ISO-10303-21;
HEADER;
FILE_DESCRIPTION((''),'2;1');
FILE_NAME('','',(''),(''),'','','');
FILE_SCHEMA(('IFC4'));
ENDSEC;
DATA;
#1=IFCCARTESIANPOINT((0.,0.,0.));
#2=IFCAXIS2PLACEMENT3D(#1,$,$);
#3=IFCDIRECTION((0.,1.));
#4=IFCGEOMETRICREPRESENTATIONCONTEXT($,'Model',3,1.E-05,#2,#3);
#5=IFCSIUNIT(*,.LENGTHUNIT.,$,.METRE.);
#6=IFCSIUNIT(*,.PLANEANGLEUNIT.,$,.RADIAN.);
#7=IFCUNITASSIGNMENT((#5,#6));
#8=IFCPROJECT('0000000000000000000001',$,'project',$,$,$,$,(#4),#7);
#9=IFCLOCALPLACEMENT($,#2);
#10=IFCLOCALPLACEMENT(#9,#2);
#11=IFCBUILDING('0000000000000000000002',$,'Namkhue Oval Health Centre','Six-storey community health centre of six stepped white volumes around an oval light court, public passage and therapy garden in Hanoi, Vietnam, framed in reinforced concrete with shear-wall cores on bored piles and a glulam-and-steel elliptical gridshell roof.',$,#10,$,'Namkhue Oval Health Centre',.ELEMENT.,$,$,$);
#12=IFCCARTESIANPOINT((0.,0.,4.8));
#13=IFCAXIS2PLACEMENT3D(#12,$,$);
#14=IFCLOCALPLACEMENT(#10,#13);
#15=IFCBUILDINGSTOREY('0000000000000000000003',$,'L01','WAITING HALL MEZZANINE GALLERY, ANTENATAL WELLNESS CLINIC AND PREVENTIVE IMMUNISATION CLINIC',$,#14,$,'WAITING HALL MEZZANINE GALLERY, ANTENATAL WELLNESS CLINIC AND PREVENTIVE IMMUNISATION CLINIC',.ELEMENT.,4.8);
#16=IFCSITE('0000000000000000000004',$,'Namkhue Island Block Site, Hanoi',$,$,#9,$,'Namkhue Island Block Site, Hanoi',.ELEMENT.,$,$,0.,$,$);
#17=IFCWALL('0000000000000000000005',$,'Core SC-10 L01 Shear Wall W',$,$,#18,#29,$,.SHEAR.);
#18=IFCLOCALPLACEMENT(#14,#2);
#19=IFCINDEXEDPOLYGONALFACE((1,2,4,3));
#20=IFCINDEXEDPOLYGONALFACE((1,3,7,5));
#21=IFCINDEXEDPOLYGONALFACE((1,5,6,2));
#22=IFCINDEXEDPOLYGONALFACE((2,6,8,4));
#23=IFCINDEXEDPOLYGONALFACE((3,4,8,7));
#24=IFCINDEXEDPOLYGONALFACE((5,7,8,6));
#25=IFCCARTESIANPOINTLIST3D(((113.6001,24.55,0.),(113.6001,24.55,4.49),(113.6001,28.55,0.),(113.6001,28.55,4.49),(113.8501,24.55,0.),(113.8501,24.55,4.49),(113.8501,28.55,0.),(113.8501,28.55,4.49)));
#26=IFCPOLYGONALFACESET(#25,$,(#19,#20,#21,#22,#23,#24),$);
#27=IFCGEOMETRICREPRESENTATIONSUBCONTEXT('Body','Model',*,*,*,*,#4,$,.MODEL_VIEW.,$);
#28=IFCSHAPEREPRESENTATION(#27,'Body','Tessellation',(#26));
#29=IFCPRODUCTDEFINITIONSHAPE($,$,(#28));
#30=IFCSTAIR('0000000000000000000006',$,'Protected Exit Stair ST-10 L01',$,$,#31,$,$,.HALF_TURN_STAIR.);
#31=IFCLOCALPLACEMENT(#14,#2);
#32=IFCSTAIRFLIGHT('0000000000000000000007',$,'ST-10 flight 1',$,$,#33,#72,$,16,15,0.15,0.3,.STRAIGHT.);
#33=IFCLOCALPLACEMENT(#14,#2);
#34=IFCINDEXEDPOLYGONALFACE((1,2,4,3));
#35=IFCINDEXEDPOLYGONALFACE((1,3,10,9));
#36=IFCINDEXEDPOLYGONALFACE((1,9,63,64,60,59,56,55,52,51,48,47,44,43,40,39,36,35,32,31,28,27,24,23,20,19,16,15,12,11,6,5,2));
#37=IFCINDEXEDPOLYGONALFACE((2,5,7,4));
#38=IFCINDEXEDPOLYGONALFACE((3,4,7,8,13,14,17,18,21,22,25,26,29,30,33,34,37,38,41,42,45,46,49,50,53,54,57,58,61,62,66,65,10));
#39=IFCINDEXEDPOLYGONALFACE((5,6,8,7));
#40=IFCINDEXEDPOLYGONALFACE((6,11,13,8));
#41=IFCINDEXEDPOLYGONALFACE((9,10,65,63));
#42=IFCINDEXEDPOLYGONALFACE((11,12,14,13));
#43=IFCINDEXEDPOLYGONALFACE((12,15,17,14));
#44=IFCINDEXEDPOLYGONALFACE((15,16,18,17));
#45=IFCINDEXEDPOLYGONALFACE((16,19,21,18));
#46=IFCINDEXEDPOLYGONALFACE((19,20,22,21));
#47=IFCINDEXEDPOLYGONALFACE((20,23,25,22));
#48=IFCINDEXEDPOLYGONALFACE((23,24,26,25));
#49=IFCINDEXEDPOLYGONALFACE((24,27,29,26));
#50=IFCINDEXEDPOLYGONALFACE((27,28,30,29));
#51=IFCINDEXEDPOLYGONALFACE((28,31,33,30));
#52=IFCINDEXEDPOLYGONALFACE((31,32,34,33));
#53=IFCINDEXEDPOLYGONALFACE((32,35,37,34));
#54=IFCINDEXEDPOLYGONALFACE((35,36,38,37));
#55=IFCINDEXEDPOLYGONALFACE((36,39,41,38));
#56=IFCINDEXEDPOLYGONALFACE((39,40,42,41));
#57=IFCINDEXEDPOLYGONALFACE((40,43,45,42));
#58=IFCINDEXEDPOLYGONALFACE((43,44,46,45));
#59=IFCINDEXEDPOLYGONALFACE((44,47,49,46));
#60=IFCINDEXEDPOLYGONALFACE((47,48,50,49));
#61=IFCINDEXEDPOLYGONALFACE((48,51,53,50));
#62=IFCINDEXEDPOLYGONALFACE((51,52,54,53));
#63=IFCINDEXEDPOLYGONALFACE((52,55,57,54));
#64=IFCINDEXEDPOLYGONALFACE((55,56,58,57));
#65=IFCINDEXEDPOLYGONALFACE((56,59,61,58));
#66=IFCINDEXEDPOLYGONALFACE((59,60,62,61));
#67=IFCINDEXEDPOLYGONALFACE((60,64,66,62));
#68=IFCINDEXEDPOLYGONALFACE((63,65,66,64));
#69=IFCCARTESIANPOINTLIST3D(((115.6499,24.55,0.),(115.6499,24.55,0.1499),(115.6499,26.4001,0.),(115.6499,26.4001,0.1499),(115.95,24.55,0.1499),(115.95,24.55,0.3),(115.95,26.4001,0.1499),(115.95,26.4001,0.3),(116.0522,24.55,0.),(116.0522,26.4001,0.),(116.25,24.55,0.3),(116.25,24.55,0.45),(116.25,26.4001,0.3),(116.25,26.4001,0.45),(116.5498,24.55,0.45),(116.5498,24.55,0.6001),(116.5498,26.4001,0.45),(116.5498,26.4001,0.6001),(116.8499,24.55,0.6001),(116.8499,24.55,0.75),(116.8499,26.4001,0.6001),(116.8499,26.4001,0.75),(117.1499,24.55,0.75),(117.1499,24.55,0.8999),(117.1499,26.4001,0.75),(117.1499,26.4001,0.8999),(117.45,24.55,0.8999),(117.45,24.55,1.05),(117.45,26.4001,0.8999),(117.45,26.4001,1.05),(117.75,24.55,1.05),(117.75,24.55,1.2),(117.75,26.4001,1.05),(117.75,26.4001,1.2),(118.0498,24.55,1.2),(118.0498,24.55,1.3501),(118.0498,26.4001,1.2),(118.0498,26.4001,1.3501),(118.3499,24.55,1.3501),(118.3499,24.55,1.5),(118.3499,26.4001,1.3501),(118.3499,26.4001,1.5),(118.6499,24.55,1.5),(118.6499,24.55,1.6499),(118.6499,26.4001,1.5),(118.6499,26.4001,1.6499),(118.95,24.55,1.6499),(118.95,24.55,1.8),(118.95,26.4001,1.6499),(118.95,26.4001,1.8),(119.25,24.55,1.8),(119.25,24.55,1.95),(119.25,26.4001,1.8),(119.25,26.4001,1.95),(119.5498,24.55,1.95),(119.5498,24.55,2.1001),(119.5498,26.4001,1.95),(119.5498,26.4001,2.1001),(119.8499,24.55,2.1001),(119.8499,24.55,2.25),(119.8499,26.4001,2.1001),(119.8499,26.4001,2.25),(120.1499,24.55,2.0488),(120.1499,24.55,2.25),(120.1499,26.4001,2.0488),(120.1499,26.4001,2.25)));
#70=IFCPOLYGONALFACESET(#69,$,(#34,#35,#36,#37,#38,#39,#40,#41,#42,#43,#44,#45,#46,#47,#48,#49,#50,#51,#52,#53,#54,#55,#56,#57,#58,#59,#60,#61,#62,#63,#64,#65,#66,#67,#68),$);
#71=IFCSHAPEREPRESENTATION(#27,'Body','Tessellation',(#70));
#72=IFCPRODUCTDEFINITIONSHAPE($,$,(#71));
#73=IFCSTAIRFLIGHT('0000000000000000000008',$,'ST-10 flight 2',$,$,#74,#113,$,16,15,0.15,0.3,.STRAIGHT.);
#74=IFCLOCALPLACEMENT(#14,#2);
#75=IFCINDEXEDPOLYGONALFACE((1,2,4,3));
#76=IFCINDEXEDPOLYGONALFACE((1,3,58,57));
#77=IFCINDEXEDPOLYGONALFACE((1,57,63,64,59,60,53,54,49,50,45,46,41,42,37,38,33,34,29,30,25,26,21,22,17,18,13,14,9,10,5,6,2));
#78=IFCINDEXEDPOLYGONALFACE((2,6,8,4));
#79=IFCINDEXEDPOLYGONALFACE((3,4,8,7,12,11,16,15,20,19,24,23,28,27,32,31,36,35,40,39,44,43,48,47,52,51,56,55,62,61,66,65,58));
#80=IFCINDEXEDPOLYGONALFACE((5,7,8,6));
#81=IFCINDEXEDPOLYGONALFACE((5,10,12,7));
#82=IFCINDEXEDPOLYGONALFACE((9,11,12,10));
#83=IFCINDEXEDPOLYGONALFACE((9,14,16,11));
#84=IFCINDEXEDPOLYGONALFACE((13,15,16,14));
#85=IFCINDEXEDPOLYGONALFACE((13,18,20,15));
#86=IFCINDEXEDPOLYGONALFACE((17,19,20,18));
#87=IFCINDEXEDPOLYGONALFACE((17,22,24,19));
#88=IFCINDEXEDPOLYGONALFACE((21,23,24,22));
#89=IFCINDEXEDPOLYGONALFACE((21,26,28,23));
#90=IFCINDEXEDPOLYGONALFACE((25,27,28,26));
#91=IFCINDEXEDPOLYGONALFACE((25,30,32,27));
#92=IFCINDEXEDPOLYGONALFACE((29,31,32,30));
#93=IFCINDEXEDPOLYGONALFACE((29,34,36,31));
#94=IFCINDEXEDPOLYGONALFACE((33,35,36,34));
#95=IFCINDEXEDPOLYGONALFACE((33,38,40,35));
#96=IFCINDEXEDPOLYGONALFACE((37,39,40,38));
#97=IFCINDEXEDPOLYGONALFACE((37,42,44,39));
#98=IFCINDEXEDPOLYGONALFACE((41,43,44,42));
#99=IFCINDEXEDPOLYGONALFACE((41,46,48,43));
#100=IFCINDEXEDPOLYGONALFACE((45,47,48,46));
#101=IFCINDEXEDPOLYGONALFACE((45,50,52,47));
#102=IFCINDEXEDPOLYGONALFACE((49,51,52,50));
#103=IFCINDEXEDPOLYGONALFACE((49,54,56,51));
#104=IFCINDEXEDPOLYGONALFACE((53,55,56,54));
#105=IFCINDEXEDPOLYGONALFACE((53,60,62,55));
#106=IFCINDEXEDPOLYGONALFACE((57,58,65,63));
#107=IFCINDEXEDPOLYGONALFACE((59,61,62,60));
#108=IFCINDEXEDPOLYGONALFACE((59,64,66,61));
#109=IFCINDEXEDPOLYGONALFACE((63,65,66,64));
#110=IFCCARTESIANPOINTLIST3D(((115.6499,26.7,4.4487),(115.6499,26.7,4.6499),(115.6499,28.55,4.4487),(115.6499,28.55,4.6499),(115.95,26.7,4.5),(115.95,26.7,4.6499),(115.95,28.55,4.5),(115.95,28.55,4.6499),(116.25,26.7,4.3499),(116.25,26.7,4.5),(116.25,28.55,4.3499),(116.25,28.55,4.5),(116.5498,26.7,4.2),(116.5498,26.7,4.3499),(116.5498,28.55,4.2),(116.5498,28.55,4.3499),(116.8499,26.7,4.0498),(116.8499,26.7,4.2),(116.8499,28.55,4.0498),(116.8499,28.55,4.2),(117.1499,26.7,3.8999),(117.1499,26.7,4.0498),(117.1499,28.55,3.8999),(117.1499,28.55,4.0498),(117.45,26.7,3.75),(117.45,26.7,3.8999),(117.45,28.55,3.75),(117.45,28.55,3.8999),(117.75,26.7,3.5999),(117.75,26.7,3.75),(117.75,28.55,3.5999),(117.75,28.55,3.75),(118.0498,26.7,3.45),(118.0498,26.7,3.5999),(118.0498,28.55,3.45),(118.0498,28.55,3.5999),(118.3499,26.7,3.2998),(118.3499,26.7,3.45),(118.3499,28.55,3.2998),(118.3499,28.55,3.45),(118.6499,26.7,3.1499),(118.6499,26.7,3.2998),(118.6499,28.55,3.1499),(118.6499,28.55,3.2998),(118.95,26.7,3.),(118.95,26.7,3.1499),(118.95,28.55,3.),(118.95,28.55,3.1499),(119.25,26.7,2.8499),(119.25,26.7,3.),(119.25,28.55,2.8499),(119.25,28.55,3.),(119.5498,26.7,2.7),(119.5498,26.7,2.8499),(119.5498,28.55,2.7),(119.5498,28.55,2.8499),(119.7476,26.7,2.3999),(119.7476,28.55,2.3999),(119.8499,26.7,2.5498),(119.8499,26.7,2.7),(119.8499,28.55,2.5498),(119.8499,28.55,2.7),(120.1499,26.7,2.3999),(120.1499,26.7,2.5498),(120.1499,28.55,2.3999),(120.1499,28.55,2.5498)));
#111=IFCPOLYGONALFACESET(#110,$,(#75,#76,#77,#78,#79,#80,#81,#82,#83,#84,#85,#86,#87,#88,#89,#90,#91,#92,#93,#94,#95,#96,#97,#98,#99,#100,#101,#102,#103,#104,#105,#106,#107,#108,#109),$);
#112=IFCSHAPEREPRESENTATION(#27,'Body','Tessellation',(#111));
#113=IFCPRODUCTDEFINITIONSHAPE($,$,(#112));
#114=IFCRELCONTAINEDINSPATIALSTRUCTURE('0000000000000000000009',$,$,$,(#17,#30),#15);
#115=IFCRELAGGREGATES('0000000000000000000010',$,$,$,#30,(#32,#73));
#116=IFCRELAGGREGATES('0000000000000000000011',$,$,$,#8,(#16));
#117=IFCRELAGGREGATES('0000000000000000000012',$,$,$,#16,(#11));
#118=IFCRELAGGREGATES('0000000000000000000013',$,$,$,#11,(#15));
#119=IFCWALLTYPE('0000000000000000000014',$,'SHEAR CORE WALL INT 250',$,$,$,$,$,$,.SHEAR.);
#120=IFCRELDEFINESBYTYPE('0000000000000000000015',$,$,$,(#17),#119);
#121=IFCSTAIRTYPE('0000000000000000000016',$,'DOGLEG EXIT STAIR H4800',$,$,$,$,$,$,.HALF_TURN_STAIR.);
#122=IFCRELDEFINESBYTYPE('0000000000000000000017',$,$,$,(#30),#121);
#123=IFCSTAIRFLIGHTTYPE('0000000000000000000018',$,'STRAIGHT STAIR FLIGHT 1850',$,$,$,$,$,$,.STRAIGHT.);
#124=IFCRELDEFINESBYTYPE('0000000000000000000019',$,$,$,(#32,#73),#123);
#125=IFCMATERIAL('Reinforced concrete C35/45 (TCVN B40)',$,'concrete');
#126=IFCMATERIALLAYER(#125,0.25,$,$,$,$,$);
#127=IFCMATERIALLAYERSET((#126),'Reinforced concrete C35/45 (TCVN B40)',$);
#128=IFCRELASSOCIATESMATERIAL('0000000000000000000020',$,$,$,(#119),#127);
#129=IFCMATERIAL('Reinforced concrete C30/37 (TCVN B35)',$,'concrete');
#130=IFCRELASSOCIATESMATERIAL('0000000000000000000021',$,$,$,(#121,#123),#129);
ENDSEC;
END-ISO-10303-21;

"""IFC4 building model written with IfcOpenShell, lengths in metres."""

from ifc_helpers import new_model, si_unit, direction, frame, frame_2d, origin, place, context, subcontext, project, spatial, polyline, rectangle, outline, extrude, material, layer, layer_set, type_object, element, aggregate, save


model = new_model("IFC4")

# Units and contexts
model_context = context("Model", 3, precision=1e-05, world=origin(), true_north=direction((0.0, 1.0)))
body_context = subcontext(model_context, "Body", "Model", "MODEL_VIEW")
ifc_project = project(units=[si_unit("LENGTHUNIT", "METRE"), si_unit("PLANEANGLEUNIT", "RADIAN")], contexts=[model_context])

# Site, building, storey
site_placement = place(None, origin())
site = spatial("IfcSite", under=ifc_project, at=site_placement, Name="Namkhue Island Block Site, Hanoi", LongName="Namkhue Island Block Site, Hanoi", CompositionType="ELEMENT", RefElevation=0.0)
building_placement = place(site_placement, origin())
building = spatial("IfcBuilding", under=site, at=building_placement, Name="Namkhue Oval Health Centre", Description="Six-storey community health centre of six stepped white volumes around an oval light court, public passage and therapy garden in Hanoi, Vietnam, framed in reinforced concrete with shear-wall cores on bored piles and a glulam-and-steel elliptical gridshell roof.", LongName="Namkhue Oval Health Centre", CompositionType="ELEMENT")
storey_placement = place(building_placement, frame((0.0, 0.0, 4.8)))
storey = spatial("IfcBuildingStorey", under=building, at=storey_placement, Name="L01", Description="WAITING HALL MEZZANINE GALLERY, ANTENATAL WELLNESS CLINIC AND PREVENTIVE IMMUNISATION CLINIC", LongName="WAITING HALL MEZZANINE GALLERY, ANTENATAL WELLNESS CLINIC AND PREVENTIVE IMMUNISATION CLINIC", CompositionType="ELEMENT", Elevation=4.8)

# Shared definitions
ifc_material_1 = material(Name="Reinforced concrete C35/45 (TCVN B40)", Category="concrete")

# Shared definitions
ifc_material_2 = material(Name="Reinforced concrete C30/37 (TCVN B35)", Category="concrete")

# Shared definitions
ifc_layer_1 = layer(ifc_material_1, 0.25)
ifc_layer_set_1 = layer_set([ifc_layer_1], Name="Reinforced concrete C35/45 (TCVN B40)")
wall_type_1 = type_object("IfcWallType", Name="SHEAR CORE WALL INT 250", PredefinedType="SHEAR", material=ifc_layer_set_1)

# Wall
for number, where, z_axis, x_axis, name in (
    (1, (113.7251, 28.55, 0.0), (0.0, 0.0, 1.0), (0.0, -1.0, 0.0), "Core SC-10 L01 Shear Wall W"),
):
    element("IfcWall", number, at=place(storey_placement, frame(where, z_axis=z_axis, x_axis=x_axis)), inside=storey, type_object=wall_type_1, Name=name, PredefinedType="SHEAR", context=body_context, shape_type="SweptSolid", body=[
        extrude(rectangle(XDim=4.0, YDim=0.25, at=frame_2d((2.0, 0.0))), origin(), (0.0, 0.0, 1.0), 4.49),
    ])

# Stair, stair flights
stair_type = type_object("IfcStairType", Name="DOGLEG EXIT STAIR H4800", PredefinedType="HALF_TURN_STAIR", material=ifc_material_2)
stair_placement = place(storey_placement, origin())
stair = element("IfcStair", 2, at=stair_placement, inside=storey, type_object=stair_type, Name="Protected Exit Stair ST-10 L01", PredefinedType="HALF_TURN_STAIR")
stair_flight_type = type_object("IfcStairFlightType", Name="STRAIGHT STAIR FLIGHT 1850", PredefinedType="STRAIGHT", material=ifc_material_2)
stair_flight_1_placement = place(storey_placement, frame((115.6499, 25.4751, 0.0), z_axis=(0.0, 0.0, 1.0), x_axis=(1.0, 0.0, 0.0)))
stair_flight_1 = element("IfcStairFlight", 3, at=stair_flight_1_placement, type_object=stair_flight_type, Name="ST-10 flight 1", NumberOfRisers=16, NumberOfTreads=15, PredefinedType="STRAIGHT", RiserHeight=0.15, TreadLength=0.3, context=body_context, shape_type="SweptSolid", body=[
    extrude(outline(polyline([(0.0, 0.0), (0.0, 0.1499), (0.3, 0.1499), (0.3, 0.3), (0.6001, 0.3), (0.6001, 0.45), (0.8999, 0.45), (0.8999, 0.6001), (1.2, 0.6001), (1.2, 0.75), (1.5, 0.75), (1.5, 0.8999), (1.8, 0.8999), (1.8, 1.05), (2.1001, 1.05), (2.1001, 1.2), (2.3999, 1.2), (2.3999, 1.3501), (2.7, 1.3501), (2.7, 1.5), (3.0, 1.5), (3.0, 1.6499), (3.3, 1.6499), (3.3, 1.8), (3.6001, 1.8), (3.6001, 1.95), (3.8999, 1.95), (3.8999, 2.1001), (4.2, 2.1001), (4.2, 2.25), (4.5, 2.25), (4.5, 2.3999), (4.5, 2.0488), (0.4023, 0.0), (0.0, 0.0)])), frame((0.0, 0.925, 0.0), z_axis=(0.0, -1.0, 0.0), x_axis=(1.0, 0.0, 0.0)), (0.0, 0.0, 1.0), 1.8501),
])
stair_flight_2_placement = place(storey_placement, frame((120.1499, 27.625, 2.3999), z_axis=(0.0, 0.0, 1.0), x_axis=(-1.0, 0.0, 0.0)))
stair_flight_2 = element("IfcStairFlight", 4, at=stair_flight_2_placement, type_object=stair_flight_type, Name="ST-10 flight 2", NumberOfRisers=16, NumberOfTreads=15, PredefinedType="STRAIGHT", RiserHeight=0.15, TreadLength=0.3, context=body_context, shape_type="SweptSolid", body=[
    extrude(outline(polyline([(0.0, 0.0), (0.0, 0.1499), (0.3, 0.1499), (0.3, 0.3), (0.6001, 0.3), (0.6001, 0.45), (0.8999, 0.45), (0.8999, 0.6001), (1.2, 0.6001), (1.2, 0.75), (1.5, 0.75), (1.5, 0.8999), (1.8, 0.8999), (1.8, 1.05), (2.1001, 1.05), (2.1001, 1.2), (2.3999, 1.2), (2.3999, 1.3501), (2.7, 1.3501), (2.7, 1.5), (3.0, 1.5), (3.0, 1.6499), (3.3, 1.6499), (3.3, 1.8), (3.6001, 1.8), (3.6001, 1.95), (3.8999, 1.95), (3.8999, 2.1001), (4.2, 2.1001), (4.2, 2.25), (4.5, 2.25), (4.5, 2.3999), (4.5, 2.0488), (0.4023, 0.0), (0.0, 0.0)])), frame((0.0, 0.925, 0.0), z_axis=(0.0, -1.0, 0.0), x_axis=(1.0, 0.0, 0.0)), (0.0, 0.0, 1.0), 1.8501),
])
aggregate(stair, [stair_flight_1, stair_flight_2])

save(model, "model.ifc")
